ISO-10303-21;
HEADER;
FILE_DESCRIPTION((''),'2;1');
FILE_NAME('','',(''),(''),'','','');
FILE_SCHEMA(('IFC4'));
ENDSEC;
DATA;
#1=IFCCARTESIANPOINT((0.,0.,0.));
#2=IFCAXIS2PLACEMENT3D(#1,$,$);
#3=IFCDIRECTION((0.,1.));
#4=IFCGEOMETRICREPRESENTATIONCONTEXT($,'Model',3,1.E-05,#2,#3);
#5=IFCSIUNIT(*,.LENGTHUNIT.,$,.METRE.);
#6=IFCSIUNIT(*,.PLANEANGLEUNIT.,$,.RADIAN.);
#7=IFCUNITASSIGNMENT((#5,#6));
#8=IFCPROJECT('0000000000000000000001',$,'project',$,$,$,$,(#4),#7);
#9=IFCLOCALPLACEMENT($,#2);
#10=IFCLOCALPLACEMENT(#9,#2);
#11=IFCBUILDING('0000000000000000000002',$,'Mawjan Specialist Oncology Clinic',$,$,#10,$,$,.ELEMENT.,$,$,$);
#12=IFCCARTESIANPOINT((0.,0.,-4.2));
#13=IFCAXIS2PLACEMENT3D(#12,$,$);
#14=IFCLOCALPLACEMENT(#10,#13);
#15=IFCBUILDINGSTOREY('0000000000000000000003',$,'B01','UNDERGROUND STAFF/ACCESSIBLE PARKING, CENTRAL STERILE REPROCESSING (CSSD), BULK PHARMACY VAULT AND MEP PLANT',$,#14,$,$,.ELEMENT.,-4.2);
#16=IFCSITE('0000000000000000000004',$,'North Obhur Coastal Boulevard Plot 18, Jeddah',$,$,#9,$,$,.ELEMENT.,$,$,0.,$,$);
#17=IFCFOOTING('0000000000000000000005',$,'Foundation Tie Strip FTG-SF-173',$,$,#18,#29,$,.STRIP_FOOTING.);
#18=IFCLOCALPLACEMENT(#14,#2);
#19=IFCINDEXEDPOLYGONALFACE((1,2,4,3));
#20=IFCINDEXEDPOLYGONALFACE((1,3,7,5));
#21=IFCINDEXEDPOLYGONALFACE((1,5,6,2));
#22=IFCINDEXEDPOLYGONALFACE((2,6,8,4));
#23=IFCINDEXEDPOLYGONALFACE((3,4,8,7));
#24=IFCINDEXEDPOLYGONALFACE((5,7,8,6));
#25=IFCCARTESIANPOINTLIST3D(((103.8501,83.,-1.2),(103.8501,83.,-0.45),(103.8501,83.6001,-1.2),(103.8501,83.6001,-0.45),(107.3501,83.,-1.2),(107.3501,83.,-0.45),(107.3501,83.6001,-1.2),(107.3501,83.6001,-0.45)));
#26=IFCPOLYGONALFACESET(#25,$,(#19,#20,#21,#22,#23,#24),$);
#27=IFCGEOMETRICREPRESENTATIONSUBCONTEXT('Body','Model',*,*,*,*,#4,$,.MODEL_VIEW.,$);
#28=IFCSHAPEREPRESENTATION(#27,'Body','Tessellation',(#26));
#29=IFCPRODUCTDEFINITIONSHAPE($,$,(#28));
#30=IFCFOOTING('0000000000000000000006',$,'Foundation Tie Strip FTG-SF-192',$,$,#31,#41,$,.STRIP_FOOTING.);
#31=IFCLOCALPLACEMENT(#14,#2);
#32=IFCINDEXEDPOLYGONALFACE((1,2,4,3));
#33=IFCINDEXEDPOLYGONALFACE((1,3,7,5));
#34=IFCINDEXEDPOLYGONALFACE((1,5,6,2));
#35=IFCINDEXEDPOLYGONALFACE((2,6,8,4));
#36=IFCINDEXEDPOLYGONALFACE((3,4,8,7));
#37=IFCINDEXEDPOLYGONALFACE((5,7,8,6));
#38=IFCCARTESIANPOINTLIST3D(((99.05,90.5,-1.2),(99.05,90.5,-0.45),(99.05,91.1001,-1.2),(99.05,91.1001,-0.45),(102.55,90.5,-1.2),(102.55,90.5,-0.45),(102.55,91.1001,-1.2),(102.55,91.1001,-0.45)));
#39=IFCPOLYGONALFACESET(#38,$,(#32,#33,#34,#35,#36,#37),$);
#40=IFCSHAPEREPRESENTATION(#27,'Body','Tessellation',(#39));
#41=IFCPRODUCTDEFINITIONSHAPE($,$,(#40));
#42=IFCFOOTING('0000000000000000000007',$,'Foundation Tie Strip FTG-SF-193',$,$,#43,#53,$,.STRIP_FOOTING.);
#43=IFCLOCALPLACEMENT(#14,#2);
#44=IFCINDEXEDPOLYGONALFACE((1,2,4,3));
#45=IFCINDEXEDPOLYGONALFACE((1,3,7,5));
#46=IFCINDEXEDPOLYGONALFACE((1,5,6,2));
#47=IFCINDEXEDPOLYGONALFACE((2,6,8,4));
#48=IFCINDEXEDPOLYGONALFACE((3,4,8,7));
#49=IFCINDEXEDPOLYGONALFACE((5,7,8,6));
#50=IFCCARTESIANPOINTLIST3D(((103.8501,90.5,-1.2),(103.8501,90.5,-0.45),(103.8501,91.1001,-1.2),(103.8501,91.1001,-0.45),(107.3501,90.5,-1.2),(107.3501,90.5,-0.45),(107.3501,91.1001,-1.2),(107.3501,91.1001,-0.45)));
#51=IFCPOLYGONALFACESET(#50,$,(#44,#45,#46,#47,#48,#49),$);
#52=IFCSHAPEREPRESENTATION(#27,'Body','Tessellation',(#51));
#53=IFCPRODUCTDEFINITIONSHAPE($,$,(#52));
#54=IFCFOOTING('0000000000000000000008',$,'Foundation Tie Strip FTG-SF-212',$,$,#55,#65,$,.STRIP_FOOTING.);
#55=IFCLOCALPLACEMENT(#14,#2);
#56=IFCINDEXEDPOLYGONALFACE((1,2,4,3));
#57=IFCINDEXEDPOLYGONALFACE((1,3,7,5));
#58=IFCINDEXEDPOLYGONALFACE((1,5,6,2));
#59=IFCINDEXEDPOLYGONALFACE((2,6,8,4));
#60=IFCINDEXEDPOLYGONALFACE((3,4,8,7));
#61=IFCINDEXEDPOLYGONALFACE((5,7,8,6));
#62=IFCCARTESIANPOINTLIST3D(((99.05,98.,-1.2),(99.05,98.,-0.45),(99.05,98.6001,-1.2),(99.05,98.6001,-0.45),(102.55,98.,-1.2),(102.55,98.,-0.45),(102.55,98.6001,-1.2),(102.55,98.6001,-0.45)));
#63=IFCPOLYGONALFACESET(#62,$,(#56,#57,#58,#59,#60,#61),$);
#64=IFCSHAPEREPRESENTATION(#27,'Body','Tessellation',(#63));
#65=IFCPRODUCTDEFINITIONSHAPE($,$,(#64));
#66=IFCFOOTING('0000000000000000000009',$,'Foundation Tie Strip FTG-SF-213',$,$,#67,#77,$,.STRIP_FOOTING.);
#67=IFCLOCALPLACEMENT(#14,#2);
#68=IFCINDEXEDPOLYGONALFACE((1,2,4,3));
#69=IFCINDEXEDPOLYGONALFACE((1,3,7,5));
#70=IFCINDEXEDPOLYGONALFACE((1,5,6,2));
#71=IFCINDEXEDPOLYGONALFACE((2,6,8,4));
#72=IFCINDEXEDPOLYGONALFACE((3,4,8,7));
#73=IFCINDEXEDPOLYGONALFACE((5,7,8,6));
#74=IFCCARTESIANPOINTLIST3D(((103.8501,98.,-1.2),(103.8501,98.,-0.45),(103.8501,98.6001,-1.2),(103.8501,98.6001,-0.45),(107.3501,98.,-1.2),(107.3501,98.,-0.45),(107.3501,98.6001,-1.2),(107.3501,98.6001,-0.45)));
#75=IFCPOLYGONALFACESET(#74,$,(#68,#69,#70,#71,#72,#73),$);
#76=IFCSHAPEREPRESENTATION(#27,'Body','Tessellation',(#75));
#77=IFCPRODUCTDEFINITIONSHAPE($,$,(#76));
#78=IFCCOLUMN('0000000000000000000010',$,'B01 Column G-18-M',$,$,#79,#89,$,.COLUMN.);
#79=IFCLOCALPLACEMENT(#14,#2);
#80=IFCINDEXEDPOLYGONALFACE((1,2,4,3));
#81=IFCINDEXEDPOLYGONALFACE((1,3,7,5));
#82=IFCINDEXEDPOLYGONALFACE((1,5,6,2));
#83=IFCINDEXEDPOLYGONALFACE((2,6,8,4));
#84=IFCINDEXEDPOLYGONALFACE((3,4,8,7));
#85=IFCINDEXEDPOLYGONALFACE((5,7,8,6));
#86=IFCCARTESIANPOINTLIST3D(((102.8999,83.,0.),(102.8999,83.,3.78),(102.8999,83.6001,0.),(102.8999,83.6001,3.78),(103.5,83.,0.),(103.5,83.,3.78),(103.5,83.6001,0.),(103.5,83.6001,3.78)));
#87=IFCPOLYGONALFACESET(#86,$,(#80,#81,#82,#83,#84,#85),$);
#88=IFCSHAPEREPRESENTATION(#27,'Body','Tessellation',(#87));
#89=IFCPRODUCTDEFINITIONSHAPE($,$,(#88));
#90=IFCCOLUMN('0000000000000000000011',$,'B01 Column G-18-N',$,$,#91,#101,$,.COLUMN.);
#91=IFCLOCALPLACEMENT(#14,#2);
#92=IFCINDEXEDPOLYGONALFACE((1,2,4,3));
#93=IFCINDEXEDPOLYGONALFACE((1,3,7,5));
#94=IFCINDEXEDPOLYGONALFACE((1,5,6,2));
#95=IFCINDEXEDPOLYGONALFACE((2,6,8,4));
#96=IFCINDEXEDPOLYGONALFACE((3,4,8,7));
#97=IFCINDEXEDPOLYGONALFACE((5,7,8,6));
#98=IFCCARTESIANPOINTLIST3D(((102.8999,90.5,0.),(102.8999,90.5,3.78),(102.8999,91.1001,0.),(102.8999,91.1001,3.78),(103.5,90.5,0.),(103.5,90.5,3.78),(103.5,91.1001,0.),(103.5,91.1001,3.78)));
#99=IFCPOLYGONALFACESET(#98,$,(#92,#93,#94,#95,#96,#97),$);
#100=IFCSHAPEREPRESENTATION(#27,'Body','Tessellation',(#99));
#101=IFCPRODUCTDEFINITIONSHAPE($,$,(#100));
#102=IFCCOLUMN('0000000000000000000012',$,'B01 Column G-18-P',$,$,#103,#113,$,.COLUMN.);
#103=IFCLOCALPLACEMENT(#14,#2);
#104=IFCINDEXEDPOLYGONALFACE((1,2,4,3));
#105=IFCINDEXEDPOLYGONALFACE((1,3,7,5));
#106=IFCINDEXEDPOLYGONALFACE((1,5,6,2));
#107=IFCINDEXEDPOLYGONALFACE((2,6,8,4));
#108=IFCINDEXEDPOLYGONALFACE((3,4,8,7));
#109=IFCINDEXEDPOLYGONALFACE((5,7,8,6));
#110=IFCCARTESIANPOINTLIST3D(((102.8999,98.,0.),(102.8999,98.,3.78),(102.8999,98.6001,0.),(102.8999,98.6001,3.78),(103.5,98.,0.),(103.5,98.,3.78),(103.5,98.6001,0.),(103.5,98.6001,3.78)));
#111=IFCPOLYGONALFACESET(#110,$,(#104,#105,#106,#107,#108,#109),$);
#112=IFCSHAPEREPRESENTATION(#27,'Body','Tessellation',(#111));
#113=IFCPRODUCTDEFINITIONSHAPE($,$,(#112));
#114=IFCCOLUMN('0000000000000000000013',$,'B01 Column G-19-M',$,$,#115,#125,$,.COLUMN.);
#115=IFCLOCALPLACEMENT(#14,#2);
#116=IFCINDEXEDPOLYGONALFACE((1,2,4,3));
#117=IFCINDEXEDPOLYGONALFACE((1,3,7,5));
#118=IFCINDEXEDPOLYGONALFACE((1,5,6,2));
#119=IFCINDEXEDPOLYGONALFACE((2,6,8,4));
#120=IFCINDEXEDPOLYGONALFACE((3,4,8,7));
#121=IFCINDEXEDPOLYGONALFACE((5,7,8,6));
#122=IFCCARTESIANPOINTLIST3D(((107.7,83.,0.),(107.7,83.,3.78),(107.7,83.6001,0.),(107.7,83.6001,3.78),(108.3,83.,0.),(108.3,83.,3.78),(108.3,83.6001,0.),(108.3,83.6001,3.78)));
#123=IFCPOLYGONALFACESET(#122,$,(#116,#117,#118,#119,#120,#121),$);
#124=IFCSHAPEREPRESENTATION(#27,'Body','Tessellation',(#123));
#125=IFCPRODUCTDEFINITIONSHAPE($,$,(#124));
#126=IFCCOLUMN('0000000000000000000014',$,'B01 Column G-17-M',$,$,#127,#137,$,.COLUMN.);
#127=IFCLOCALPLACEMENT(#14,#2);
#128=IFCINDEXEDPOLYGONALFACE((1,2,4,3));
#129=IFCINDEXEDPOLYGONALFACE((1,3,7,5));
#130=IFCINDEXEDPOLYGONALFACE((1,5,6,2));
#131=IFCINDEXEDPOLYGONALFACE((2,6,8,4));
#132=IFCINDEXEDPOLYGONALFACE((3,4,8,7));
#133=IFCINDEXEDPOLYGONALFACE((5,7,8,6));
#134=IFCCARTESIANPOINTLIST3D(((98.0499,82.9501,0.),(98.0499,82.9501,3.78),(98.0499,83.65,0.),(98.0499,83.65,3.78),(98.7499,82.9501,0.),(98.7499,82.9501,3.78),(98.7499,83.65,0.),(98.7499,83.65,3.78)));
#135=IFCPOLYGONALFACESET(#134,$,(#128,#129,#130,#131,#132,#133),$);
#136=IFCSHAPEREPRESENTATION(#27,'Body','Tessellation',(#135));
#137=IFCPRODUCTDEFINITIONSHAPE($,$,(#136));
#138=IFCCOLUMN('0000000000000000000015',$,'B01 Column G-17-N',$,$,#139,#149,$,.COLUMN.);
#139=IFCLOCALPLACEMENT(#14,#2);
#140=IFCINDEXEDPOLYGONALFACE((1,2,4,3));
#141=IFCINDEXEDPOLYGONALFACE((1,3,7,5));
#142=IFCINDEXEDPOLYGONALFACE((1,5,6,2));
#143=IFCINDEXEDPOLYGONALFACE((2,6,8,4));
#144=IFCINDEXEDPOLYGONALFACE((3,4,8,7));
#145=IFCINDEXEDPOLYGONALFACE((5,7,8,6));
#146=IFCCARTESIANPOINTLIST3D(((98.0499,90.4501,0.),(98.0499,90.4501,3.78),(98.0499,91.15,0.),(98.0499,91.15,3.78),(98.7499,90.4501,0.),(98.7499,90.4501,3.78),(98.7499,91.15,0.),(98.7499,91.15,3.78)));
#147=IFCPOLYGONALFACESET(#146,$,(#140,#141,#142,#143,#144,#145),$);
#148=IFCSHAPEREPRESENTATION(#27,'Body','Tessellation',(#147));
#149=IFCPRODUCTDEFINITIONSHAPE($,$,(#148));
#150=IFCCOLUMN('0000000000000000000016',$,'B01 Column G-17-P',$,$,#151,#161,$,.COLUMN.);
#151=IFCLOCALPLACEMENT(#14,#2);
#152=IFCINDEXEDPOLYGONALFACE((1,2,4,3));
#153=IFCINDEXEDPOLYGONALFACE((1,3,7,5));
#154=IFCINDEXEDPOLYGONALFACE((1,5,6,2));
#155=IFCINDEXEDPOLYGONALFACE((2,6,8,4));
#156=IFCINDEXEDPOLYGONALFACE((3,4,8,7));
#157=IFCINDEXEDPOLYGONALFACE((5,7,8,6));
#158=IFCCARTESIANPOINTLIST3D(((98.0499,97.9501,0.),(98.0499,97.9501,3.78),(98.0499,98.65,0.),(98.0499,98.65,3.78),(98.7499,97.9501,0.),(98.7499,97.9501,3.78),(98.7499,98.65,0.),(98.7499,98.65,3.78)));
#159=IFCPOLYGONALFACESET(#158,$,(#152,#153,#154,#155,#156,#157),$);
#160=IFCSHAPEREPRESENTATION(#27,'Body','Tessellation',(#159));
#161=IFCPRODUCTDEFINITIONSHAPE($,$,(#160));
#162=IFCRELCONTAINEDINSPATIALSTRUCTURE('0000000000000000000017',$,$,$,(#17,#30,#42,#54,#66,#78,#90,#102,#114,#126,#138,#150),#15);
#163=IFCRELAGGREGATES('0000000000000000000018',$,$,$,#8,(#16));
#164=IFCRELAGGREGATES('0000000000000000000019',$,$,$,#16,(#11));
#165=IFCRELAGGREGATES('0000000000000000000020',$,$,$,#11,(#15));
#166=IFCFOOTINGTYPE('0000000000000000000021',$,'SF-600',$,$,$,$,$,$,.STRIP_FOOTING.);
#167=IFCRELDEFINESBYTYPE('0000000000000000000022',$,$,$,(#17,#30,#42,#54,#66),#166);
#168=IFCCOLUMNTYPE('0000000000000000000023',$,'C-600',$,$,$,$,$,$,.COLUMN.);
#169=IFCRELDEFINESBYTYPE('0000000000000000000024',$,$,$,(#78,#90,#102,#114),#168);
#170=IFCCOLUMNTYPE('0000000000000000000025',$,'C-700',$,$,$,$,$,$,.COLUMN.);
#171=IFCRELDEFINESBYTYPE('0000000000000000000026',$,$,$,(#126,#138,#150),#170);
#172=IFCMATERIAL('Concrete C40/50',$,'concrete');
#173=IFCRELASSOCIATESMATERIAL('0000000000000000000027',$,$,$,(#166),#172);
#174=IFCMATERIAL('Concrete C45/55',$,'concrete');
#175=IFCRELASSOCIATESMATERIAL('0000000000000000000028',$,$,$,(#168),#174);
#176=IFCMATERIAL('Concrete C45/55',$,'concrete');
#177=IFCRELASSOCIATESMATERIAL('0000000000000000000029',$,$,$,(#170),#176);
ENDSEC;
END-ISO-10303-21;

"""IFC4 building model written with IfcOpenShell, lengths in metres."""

from ifc_helpers import new_model, si_unit, direction, frame, origin, origin_2d, place, context, subcontext, project, spatial, rectangle, extrude, material, material_profile, profile_set, type_object, element, save


model = new_model("IFC4")

# Units and contexts
model_context = context("Model", 3, precision=1e-05, world=origin(), true_north=direction((0.0, 1.0)))
body_context = subcontext(model_context, "Body", "Model", "MODEL_VIEW")
ifc_project = project(units=[si_unit("LENGTHUNIT", "METRE"), si_unit("PLANEANGLEUNIT", "RADIAN")], contexts=[model_context])

# Site, building, storey
site_placement = place(None, origin())
site = spatial("IfcSite", under=ifc_project, at=site_placement, Name="North Obhur Coastal Boulevard Plot 18, Jeddah", CompositionType="ELEMENT", RefElevation=0.0)
building_placement = place(site_placement, origin())
building = spatial("IfcBuilding", under=site, at=building_placement, Name="Mawjan Specialist Oncology Clinic", CompositionType="ELEMENT")
storey_placement = place(building_placement, frame((0.0, 0.0, -4.2)))
storey = spatial("IfcBuildingStorey", under=building, at=storey_placement, Name="B01", Description="UNDERGROUND STAFF/ACCESSIBLE PARKING, CENTRAL STERILE REPROCESSING (CSSD), BULK PHARMACY VAULT AND MEP PLANT", CompositionType="ELEMENT", Elevation=-4.2)

# Footings
ifc_material_1 = material(Name="Concrete C40/50", Category="concrete")
footing_type_1 = type_object("IfcFootingType", Name="SF-600", PredefinedType="STRIP_FOOTING", material=ifc_material_1)
for number, where, z_axis, x_axis, name in (
    (1, (105.6001, 83.3, -1.2), (0.0, 0.0, 1.0), (1.0, 0.0, 0.0), "Foundation Tie Strip FTG-SF-173"),
    (2, (100.8, 90.8, -1.2), (0.0, 0.0, 1.0), (1.0, 0.0, 0.0), "Foundation Tie Strip FTG-SF-192"),
    (3, (105.6001, 90.8, -1.2), (0.0, 0.0, 1.0), (1.0, 0.0, 0.0), "Foundation Tie Strip FTG-SF-193"),
    (4, (100.8, 98.3, -1.2), (0.0, 0.0, 1.0), (1.0, 0.0, 0.0), "Foundation Tie Strip FTG-SF-212"),
    (5, (105.6001, 98.3, -1.2), (0.0, 0.0, 1.0), (1.0, 0.0, 0.0), "Foundation Tie Strip FTG-SF-213"),
):
    element("IfcFooting", number, at=place(storey_placement, frame(where, z_axis=z_axis, x_axis=x_axis)), inside=storey, type_object=footing_type_1, Name=name, PredefinedType="STRIP_FOOTING", context=body_context, shape_type="SweptSolid", body=[
        extrude(rectangle(XDim=3.5, YDim=0.6001, at=origin_2d()), origin(), (0.0, 0.0, 1.0), 0.75),
    ])

# Columns
ifc_material_2 = material(Name="Concrete C45/55", Category="concrete")
ifc_material_profile_1 = material_profile(ifc_material_2, rectangle(XDim=0.6001, YDim=0.6001, at=origin_2d()), Name="RC COL 600x600", Category="concrete")
ifc_profile_set_1 = profile_set([ifc_material_profile_1], Name="Concrete C45/55")
column_type_1 = type_object("IfcColumnType", Name="C-600", PredefinedType="COLUMN", material=ifc_profile_set_1)
for number, where, z_axis, x_axis, name in (
    (6, (103.2, 83.3, 0.0), (0.0, 0.0, 1.0), (1.0, 0.0, 0.0), "B01 Column G-18-M"),
    (7, (103.2, 90.8, 0.0), (0.0, 0.0, 1.0), (1.0, 0.0, 0.0), "B01 Column G-18-N"),
    (8, (103.2, 98.3, 0.0), (0.0, 0.0, 1.0), (1.0, 0.0, 0.0), "B01 Column G-18-P"),
    (9, (108.0, 83.3, 0.0), (0.0, 0.0, 1.0), (1.0, 0.0, 0.0), "B01 Column G-19-M"),
):
    element("IfcColumn", number, at=place(storey_placement, frame(where, z_axis=z_axis, x_axis=x_axis)), inside=storey, type_object=column_type_1, Name=name, PredefinedType="COLUMN", context=body_context, shape_type="SweptSolid", body=[
        extrude(rectangle(XDim=0.6001, YDim=0.6001, at=origin_2d()), origin(), (0.0, 0.0, 1.0), 3.78),
    ])
ifc_material_3 = material(Name="Concrete C45/55", Category="concrete")
ifc_material_profile_2 = material_profile(ifc_material_3, rectangle(XDim=0.7, YDim=0.7, at=origin_2d()), Name="RC COL 700x700", Category="concrete")
ifc_profile_set_2 = profile_set([ifc_material_profile_2], Name="Concrete C45/55")
column_type_2 = type_object("IfcColumnType", Name="C-700", PredefinedType="COLUMN", material=ifc_profile_set_2)
for number, where, z_axis, x_axis, name in (
    (10, (98.3999, 83.3, 0.0), (0.0, 0.0, 1.0), (1.0, 0.0, 0.0), "B01 Column G-17-M"),
    (11, (98.3999, 90.8, 0.0), (0.0, 0.0, 1.0), (1.0, 0.0, 0.0), "B01 Column G-17-N"),
    (12, (98.3999, 98.3, 0.0), (0.0, 0.0, 1.0), (1.0, 0.0, 0.0), "B01 Column G-17-P"),
):
    element("IfcColumn", number, at=place(storey_placement, frame(where, z_axis=z_axis, x_axis=x_axis)), inside=storey, type_object=column_type_2, Name=name, PredefinedType="COLUMN", context=body_context, shape_type="SweptSolid", body=[
        extrude(rectangle(XDim=0.7, YDim=0.7, at=origin_2d()), origin(), (0.0, 0.0, 1.0), 3.78),
    ])

save(model, "model.ifc")
